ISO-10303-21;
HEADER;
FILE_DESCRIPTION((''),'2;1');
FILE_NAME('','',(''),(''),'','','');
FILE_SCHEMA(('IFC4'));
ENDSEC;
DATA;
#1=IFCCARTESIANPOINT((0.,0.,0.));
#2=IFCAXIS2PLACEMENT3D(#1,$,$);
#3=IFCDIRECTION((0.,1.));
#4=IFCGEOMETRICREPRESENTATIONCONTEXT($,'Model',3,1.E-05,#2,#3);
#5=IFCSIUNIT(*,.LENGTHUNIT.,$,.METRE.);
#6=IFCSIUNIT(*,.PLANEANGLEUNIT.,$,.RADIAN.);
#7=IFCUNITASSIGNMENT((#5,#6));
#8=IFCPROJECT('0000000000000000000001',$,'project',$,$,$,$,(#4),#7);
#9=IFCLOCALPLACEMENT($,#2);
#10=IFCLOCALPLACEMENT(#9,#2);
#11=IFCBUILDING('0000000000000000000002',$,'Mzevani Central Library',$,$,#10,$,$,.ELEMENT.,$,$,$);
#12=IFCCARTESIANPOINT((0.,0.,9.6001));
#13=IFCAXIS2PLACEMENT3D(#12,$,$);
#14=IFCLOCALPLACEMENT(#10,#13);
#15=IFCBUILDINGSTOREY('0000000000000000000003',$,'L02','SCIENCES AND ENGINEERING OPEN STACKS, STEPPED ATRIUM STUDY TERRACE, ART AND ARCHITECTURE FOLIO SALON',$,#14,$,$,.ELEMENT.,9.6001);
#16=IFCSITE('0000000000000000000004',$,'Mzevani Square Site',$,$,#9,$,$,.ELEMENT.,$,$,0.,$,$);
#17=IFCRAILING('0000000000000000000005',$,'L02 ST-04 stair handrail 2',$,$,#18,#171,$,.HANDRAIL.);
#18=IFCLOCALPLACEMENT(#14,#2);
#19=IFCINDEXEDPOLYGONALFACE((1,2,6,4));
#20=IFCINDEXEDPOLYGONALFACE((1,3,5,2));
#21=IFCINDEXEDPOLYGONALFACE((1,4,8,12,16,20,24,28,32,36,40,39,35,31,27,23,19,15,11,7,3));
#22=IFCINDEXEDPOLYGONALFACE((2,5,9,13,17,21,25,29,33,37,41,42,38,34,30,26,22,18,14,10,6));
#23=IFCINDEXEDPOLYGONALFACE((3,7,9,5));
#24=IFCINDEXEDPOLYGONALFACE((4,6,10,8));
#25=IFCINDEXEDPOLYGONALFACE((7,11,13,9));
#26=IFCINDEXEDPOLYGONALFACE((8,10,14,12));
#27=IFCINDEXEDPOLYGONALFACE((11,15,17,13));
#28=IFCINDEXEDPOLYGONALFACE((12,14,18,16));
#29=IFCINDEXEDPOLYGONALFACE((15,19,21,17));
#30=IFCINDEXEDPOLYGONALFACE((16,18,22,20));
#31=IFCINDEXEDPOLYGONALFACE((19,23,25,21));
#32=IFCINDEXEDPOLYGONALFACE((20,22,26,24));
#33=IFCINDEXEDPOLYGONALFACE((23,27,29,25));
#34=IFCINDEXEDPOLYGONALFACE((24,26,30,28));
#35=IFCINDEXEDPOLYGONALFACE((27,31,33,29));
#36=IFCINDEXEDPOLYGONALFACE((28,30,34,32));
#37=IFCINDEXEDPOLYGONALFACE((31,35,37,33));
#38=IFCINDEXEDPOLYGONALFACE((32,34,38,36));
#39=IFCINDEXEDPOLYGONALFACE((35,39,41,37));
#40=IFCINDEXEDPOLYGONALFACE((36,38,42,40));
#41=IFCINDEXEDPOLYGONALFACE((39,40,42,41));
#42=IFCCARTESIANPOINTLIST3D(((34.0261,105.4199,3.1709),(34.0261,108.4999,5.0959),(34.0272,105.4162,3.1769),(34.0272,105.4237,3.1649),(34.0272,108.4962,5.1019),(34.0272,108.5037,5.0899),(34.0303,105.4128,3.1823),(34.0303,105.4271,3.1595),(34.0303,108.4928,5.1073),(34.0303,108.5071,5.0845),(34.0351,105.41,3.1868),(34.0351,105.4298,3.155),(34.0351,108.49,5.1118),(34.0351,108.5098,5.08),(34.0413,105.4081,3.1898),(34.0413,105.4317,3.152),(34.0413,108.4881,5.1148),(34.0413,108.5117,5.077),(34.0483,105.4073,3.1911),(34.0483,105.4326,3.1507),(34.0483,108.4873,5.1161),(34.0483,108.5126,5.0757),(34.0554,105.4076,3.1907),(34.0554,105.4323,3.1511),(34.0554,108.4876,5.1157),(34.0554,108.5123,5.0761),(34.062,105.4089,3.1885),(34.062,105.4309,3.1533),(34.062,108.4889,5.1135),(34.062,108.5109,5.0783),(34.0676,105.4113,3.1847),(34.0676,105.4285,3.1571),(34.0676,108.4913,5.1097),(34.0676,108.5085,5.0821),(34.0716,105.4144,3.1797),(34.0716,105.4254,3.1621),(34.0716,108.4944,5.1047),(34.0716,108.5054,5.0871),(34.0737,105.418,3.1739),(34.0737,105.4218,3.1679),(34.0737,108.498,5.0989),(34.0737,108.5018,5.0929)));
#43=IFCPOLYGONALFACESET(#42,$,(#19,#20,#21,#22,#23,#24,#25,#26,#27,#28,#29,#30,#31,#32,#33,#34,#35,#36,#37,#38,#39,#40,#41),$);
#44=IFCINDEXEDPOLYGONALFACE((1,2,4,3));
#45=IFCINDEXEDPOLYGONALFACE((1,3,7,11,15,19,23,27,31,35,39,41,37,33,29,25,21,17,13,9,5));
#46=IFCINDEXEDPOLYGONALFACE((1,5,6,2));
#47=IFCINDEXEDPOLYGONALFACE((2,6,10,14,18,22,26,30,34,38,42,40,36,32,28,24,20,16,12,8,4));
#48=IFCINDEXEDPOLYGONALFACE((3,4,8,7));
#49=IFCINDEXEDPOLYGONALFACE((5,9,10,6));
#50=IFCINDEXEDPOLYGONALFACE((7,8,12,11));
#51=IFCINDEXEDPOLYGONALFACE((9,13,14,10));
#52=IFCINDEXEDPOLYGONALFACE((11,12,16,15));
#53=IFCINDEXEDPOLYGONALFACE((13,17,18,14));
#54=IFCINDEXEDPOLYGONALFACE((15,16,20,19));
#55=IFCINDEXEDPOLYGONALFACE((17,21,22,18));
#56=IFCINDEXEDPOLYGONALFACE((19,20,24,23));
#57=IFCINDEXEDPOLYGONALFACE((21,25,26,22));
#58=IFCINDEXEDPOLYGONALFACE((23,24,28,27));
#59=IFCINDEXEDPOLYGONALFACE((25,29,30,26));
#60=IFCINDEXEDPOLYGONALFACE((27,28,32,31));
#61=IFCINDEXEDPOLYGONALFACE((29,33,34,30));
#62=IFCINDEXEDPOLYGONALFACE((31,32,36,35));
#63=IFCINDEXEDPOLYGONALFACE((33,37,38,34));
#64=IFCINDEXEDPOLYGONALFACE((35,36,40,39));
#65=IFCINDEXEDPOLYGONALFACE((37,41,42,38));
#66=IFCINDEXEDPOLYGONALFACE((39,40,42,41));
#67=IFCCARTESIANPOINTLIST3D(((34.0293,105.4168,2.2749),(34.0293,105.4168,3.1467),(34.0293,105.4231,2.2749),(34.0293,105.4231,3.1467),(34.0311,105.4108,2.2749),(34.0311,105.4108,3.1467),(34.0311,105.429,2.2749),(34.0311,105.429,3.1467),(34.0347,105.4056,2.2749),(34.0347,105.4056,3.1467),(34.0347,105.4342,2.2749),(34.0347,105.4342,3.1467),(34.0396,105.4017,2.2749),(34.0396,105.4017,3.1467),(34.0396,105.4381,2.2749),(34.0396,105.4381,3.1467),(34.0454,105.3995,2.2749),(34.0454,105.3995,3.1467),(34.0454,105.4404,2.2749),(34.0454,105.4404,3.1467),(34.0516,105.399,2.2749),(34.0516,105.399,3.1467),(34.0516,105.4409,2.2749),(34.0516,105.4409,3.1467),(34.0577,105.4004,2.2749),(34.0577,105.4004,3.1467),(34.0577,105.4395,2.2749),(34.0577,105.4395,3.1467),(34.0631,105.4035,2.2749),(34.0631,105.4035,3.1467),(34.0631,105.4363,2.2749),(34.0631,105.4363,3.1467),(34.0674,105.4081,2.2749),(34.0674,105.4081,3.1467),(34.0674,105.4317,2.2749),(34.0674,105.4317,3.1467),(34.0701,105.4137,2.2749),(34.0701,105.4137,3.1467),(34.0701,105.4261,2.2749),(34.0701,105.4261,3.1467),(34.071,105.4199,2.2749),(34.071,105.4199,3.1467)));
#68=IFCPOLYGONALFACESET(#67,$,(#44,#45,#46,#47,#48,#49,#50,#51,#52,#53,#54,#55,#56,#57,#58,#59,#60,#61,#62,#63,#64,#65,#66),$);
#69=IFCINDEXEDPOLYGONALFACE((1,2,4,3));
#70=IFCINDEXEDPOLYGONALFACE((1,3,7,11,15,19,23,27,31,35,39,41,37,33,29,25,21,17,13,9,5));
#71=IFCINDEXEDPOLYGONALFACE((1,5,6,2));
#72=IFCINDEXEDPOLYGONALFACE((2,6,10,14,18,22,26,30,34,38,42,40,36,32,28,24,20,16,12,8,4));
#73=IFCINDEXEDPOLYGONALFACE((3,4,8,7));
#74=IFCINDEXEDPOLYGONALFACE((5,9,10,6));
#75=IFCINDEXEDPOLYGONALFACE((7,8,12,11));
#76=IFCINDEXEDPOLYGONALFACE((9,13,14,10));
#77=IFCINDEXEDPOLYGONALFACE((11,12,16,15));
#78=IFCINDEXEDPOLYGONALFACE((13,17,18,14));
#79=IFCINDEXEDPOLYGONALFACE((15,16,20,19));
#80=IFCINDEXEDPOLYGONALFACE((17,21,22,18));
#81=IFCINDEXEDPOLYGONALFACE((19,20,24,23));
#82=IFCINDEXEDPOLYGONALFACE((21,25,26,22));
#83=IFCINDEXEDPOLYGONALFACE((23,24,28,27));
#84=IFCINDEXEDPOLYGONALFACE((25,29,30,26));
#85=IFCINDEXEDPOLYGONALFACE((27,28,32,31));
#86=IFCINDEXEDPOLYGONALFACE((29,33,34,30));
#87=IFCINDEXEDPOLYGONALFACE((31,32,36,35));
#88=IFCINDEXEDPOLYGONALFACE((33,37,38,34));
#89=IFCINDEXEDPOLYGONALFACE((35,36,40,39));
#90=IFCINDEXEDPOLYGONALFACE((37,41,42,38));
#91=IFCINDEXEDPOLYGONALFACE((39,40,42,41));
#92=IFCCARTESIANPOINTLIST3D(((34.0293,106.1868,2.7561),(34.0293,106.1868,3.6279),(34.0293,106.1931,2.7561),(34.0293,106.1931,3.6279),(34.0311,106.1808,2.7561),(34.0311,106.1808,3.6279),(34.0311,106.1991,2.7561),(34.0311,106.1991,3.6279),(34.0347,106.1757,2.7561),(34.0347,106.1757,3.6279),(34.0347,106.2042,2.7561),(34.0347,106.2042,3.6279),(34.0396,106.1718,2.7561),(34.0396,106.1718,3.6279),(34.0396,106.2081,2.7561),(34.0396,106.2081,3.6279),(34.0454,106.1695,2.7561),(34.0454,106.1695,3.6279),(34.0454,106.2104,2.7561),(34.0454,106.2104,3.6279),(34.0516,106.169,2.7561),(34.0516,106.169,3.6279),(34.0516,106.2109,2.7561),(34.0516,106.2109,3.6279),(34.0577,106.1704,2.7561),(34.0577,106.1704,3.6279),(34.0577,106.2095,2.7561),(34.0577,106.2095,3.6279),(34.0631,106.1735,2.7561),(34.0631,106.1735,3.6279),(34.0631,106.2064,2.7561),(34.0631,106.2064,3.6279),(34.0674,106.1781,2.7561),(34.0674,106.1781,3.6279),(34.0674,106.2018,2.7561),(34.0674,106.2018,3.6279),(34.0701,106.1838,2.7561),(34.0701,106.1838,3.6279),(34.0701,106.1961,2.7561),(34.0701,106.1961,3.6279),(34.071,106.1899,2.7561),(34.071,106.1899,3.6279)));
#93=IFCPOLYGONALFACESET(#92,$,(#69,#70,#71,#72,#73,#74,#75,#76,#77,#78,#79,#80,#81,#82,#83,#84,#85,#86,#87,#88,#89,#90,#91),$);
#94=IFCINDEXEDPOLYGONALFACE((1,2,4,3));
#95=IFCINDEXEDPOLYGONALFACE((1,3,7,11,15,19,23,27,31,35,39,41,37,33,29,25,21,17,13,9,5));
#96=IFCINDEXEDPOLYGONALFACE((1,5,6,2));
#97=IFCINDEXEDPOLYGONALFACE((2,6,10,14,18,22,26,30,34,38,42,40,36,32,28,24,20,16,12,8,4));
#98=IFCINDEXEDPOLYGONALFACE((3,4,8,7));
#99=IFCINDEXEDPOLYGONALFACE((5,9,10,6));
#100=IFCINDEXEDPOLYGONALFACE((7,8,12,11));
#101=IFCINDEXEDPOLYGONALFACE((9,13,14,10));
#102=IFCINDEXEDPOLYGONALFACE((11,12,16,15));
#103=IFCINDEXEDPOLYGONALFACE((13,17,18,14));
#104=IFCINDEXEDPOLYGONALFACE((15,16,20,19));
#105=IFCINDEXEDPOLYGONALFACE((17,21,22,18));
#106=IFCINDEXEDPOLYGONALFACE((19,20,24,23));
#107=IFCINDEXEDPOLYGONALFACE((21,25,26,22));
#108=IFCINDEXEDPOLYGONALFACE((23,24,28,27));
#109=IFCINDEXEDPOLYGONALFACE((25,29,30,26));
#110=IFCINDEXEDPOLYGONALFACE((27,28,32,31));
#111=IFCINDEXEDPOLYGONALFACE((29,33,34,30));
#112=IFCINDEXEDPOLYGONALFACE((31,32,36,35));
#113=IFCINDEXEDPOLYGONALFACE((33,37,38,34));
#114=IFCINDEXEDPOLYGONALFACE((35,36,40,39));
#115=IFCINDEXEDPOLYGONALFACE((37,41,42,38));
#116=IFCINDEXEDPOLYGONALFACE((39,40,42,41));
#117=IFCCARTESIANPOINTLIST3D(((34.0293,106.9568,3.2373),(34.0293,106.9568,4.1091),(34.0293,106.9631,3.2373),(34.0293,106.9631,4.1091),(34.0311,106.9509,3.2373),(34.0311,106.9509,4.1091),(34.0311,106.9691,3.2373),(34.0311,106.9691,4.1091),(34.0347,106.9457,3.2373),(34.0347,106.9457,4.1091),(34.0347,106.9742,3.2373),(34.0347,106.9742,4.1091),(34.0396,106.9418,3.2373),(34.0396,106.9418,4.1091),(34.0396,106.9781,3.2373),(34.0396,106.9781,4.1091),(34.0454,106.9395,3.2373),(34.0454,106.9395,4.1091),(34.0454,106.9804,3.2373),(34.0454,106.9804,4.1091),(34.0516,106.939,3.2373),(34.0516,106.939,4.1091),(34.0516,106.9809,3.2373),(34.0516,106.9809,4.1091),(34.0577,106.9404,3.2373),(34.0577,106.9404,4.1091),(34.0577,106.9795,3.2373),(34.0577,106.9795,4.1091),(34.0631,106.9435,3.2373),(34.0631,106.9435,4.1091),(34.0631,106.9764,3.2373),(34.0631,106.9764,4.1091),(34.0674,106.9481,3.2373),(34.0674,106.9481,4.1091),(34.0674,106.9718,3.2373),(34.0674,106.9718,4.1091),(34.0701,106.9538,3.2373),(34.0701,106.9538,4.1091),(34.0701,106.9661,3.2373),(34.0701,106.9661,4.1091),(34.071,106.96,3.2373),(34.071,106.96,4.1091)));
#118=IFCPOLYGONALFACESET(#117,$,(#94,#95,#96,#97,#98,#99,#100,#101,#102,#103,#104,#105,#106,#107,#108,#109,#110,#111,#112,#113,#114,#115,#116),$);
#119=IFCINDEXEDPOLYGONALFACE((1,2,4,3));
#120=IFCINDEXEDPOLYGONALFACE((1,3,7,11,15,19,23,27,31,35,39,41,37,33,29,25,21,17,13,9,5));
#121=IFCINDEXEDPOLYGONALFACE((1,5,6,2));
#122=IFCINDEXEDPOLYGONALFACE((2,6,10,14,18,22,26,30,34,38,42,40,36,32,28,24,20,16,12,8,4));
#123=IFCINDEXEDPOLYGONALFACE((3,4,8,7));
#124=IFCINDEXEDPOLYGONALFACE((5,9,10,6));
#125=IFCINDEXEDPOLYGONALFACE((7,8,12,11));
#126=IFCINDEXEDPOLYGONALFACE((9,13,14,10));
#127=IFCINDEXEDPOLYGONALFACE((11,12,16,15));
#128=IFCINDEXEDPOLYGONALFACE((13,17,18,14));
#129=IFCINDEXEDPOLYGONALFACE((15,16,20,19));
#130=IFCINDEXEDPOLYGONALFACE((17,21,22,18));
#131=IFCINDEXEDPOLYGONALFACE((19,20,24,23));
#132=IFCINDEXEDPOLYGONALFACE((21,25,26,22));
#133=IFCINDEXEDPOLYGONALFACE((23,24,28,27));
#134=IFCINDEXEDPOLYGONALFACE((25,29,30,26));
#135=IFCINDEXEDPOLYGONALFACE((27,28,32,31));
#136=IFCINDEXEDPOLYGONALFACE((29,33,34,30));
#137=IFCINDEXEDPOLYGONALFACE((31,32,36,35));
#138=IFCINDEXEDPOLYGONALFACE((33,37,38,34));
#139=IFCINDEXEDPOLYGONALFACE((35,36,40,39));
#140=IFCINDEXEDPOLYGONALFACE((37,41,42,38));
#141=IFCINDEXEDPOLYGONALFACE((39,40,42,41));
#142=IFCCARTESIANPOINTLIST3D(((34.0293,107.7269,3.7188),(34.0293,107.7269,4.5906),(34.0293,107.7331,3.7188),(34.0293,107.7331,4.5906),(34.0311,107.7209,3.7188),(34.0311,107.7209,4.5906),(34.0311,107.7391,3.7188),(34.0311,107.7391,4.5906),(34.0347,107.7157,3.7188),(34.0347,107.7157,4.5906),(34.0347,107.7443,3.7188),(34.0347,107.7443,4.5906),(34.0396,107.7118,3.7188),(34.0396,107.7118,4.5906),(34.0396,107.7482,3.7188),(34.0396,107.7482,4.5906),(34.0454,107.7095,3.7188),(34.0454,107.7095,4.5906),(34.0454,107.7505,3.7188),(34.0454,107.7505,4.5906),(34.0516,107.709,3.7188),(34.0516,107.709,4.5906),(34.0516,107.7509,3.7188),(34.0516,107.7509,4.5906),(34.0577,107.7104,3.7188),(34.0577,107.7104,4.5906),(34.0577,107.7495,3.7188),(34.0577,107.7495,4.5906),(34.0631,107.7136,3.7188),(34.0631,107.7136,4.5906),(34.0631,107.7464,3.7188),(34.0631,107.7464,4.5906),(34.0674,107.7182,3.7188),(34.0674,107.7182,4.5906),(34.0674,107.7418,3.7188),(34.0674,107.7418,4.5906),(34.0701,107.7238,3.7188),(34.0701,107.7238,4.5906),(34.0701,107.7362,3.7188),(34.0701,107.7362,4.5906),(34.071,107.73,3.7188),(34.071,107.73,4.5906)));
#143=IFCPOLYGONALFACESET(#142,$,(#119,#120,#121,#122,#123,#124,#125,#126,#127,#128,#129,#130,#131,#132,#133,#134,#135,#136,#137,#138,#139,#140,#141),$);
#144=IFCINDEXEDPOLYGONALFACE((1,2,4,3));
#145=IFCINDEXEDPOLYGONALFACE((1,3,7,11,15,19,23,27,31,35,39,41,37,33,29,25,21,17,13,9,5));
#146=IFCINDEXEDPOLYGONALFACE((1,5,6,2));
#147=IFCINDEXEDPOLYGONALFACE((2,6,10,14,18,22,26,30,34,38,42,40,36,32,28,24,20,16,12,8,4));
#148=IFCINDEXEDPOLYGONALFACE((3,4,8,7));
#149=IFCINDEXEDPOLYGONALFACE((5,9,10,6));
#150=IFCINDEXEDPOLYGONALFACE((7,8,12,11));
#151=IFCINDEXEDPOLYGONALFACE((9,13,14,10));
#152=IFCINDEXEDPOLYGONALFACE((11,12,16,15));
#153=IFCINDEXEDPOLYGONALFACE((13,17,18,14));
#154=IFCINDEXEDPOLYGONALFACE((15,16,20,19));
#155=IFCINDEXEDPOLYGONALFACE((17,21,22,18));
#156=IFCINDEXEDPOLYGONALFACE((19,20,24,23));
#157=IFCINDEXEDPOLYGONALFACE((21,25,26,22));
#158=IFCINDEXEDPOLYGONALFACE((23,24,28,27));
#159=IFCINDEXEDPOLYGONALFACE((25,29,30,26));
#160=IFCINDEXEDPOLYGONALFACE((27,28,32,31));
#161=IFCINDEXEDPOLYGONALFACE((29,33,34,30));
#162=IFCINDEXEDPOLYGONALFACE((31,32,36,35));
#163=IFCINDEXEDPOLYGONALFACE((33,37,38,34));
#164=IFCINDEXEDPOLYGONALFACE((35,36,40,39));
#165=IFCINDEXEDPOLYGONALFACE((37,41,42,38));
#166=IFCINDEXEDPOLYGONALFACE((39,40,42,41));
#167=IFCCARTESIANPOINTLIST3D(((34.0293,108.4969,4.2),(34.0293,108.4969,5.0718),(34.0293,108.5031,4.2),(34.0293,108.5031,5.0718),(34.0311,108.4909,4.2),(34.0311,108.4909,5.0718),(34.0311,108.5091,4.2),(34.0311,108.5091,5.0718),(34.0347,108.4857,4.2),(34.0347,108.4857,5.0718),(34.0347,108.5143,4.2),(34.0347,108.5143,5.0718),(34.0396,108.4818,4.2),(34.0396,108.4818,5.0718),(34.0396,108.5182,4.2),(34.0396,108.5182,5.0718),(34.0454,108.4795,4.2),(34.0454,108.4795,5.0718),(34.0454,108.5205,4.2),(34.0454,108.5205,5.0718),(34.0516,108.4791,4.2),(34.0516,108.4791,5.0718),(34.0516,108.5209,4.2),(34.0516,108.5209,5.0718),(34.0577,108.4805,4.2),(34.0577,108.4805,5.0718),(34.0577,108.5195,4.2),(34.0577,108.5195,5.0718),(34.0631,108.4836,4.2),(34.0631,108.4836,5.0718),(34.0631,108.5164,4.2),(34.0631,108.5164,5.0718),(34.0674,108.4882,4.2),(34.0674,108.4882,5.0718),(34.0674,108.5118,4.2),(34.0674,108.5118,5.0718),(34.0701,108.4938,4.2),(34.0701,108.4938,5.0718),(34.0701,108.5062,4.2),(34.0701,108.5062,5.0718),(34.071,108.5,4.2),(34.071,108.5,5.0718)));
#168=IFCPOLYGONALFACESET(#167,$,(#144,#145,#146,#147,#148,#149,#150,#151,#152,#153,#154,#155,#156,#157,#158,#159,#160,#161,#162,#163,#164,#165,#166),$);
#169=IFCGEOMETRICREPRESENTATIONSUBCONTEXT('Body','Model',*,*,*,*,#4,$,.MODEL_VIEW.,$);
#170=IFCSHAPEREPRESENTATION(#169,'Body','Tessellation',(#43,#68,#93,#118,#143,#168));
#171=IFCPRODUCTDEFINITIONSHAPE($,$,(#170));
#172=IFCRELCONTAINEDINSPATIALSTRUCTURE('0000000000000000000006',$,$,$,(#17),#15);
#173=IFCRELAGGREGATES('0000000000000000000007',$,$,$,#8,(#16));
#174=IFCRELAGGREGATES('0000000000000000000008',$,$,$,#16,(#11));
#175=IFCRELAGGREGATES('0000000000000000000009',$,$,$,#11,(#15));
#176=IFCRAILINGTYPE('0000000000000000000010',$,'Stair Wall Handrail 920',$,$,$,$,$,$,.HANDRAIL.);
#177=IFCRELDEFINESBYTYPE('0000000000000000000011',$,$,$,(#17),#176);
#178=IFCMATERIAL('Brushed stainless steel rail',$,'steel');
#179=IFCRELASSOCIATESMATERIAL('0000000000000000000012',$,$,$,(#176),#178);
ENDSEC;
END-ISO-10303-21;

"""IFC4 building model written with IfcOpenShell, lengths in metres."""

from ifc_helpers import new_model, si_unit, direction, frame, origin, origin_2d, place, context, subcontext, project, spatial, circle, extrude, material, type_object, element, save


model = new_model("IFC4")

# Units and contexts
model_context = context("Model", 3, precision=1e-05, world=origin(), true_north=direction((0.0, 1.0)))
body_context = subcontext(model_context, "Body", "Model", "MODEL_VIEW")
ifc_project = project(units=[si_unit("LENGTHUNIT", "METRE"), si_unit("PLANEANGLEUNIT", "RADIAN")], contexts=[model_context])

# Site, building, storey
site_placement = place(None, origin())
site = spatial("IfcSite", under=ifc_project, at=site_placement, Name="Mzevani Square Site", CompositionType="ELEMENT", RefElevation=0.0)
building_placement = place(site_placement, origin())
building = spatial("IfcBuilding", under=site, at=building_placement, Name="Mzevani Central Library", CompositionType="ELEMENT")
storey_placement = place(building_placement, frame((0.0, 0.0, 9.6001)))
storey = spatial("IfcBuildingStorey", under=building, at=storey_placement, Name="L02", Description="SCIENCES AND ENGINEERING OPEN STACKS, STEPPED ATRIUM STUDY TERRACE, ART AND ARCHITECTURE FOLIO SALON", CompositionType="ELEMENT", Elevation=9.6001)

# Shared definitions
ifc_material_1 = material(Name="Brushed stainless steel rail", Category="steel")

# Railing
railing_type_1 = type_object("IfcRailingType", Name="Stair Wall Handrail 920", PredefinedType="HANDRAIL", material=ifc_material_1)
railing_1_placement = place(storey_placement, frame((34.05, 105.4199, 2.2749)))
element("IfcRailing", 1, at=railing_1_placement, inside=storey, type_object=railing_type_1, Name="L02 ST-04 stair handrail 2", PredefinedType="HANDRAIL", context=body_context, shape_type="SweptSolid", body=[
    extrude(circle(Radius=0.0239, at=origin_2d()), frame((0.0, 0.0, 0.896), z_axis=(0.0, 0.847998, 0.529999), x_axis=(-1.0, 0.0, 0.0)), (0.0, 0.0, 1.0), 3.6321),
    extrude(circle(Radius=0.021, at=origin_2d()), origin(), (0.0, 0.0, 1.0), 0.8718),
    extrude(circle(Radius=0.021, at=origin_2d()), frame((0.0, 0.77, 0.4812)), (0.0, 0.0, 1.0), 0.8718),
    extrude(circle(Radius=0.021, at=origin_2d()), frame((0.0, 1.54, 0.9624)), (0.0, 0.0, 1.0), 0.8718),
    extrude(circle(Radius=0.021, at=origin_2d()), frame((0.0, 2.3101, 1.4438)), (0.0, 0.0, 1.0), 0.8718),
    extrude(circle(Radius=0.021, at=origin_2d()), frame((0.0, 3.0801, 1.925)), (0.0, 0.0, 1.0), 0.8718),
])

save(model, "model.ifc")
